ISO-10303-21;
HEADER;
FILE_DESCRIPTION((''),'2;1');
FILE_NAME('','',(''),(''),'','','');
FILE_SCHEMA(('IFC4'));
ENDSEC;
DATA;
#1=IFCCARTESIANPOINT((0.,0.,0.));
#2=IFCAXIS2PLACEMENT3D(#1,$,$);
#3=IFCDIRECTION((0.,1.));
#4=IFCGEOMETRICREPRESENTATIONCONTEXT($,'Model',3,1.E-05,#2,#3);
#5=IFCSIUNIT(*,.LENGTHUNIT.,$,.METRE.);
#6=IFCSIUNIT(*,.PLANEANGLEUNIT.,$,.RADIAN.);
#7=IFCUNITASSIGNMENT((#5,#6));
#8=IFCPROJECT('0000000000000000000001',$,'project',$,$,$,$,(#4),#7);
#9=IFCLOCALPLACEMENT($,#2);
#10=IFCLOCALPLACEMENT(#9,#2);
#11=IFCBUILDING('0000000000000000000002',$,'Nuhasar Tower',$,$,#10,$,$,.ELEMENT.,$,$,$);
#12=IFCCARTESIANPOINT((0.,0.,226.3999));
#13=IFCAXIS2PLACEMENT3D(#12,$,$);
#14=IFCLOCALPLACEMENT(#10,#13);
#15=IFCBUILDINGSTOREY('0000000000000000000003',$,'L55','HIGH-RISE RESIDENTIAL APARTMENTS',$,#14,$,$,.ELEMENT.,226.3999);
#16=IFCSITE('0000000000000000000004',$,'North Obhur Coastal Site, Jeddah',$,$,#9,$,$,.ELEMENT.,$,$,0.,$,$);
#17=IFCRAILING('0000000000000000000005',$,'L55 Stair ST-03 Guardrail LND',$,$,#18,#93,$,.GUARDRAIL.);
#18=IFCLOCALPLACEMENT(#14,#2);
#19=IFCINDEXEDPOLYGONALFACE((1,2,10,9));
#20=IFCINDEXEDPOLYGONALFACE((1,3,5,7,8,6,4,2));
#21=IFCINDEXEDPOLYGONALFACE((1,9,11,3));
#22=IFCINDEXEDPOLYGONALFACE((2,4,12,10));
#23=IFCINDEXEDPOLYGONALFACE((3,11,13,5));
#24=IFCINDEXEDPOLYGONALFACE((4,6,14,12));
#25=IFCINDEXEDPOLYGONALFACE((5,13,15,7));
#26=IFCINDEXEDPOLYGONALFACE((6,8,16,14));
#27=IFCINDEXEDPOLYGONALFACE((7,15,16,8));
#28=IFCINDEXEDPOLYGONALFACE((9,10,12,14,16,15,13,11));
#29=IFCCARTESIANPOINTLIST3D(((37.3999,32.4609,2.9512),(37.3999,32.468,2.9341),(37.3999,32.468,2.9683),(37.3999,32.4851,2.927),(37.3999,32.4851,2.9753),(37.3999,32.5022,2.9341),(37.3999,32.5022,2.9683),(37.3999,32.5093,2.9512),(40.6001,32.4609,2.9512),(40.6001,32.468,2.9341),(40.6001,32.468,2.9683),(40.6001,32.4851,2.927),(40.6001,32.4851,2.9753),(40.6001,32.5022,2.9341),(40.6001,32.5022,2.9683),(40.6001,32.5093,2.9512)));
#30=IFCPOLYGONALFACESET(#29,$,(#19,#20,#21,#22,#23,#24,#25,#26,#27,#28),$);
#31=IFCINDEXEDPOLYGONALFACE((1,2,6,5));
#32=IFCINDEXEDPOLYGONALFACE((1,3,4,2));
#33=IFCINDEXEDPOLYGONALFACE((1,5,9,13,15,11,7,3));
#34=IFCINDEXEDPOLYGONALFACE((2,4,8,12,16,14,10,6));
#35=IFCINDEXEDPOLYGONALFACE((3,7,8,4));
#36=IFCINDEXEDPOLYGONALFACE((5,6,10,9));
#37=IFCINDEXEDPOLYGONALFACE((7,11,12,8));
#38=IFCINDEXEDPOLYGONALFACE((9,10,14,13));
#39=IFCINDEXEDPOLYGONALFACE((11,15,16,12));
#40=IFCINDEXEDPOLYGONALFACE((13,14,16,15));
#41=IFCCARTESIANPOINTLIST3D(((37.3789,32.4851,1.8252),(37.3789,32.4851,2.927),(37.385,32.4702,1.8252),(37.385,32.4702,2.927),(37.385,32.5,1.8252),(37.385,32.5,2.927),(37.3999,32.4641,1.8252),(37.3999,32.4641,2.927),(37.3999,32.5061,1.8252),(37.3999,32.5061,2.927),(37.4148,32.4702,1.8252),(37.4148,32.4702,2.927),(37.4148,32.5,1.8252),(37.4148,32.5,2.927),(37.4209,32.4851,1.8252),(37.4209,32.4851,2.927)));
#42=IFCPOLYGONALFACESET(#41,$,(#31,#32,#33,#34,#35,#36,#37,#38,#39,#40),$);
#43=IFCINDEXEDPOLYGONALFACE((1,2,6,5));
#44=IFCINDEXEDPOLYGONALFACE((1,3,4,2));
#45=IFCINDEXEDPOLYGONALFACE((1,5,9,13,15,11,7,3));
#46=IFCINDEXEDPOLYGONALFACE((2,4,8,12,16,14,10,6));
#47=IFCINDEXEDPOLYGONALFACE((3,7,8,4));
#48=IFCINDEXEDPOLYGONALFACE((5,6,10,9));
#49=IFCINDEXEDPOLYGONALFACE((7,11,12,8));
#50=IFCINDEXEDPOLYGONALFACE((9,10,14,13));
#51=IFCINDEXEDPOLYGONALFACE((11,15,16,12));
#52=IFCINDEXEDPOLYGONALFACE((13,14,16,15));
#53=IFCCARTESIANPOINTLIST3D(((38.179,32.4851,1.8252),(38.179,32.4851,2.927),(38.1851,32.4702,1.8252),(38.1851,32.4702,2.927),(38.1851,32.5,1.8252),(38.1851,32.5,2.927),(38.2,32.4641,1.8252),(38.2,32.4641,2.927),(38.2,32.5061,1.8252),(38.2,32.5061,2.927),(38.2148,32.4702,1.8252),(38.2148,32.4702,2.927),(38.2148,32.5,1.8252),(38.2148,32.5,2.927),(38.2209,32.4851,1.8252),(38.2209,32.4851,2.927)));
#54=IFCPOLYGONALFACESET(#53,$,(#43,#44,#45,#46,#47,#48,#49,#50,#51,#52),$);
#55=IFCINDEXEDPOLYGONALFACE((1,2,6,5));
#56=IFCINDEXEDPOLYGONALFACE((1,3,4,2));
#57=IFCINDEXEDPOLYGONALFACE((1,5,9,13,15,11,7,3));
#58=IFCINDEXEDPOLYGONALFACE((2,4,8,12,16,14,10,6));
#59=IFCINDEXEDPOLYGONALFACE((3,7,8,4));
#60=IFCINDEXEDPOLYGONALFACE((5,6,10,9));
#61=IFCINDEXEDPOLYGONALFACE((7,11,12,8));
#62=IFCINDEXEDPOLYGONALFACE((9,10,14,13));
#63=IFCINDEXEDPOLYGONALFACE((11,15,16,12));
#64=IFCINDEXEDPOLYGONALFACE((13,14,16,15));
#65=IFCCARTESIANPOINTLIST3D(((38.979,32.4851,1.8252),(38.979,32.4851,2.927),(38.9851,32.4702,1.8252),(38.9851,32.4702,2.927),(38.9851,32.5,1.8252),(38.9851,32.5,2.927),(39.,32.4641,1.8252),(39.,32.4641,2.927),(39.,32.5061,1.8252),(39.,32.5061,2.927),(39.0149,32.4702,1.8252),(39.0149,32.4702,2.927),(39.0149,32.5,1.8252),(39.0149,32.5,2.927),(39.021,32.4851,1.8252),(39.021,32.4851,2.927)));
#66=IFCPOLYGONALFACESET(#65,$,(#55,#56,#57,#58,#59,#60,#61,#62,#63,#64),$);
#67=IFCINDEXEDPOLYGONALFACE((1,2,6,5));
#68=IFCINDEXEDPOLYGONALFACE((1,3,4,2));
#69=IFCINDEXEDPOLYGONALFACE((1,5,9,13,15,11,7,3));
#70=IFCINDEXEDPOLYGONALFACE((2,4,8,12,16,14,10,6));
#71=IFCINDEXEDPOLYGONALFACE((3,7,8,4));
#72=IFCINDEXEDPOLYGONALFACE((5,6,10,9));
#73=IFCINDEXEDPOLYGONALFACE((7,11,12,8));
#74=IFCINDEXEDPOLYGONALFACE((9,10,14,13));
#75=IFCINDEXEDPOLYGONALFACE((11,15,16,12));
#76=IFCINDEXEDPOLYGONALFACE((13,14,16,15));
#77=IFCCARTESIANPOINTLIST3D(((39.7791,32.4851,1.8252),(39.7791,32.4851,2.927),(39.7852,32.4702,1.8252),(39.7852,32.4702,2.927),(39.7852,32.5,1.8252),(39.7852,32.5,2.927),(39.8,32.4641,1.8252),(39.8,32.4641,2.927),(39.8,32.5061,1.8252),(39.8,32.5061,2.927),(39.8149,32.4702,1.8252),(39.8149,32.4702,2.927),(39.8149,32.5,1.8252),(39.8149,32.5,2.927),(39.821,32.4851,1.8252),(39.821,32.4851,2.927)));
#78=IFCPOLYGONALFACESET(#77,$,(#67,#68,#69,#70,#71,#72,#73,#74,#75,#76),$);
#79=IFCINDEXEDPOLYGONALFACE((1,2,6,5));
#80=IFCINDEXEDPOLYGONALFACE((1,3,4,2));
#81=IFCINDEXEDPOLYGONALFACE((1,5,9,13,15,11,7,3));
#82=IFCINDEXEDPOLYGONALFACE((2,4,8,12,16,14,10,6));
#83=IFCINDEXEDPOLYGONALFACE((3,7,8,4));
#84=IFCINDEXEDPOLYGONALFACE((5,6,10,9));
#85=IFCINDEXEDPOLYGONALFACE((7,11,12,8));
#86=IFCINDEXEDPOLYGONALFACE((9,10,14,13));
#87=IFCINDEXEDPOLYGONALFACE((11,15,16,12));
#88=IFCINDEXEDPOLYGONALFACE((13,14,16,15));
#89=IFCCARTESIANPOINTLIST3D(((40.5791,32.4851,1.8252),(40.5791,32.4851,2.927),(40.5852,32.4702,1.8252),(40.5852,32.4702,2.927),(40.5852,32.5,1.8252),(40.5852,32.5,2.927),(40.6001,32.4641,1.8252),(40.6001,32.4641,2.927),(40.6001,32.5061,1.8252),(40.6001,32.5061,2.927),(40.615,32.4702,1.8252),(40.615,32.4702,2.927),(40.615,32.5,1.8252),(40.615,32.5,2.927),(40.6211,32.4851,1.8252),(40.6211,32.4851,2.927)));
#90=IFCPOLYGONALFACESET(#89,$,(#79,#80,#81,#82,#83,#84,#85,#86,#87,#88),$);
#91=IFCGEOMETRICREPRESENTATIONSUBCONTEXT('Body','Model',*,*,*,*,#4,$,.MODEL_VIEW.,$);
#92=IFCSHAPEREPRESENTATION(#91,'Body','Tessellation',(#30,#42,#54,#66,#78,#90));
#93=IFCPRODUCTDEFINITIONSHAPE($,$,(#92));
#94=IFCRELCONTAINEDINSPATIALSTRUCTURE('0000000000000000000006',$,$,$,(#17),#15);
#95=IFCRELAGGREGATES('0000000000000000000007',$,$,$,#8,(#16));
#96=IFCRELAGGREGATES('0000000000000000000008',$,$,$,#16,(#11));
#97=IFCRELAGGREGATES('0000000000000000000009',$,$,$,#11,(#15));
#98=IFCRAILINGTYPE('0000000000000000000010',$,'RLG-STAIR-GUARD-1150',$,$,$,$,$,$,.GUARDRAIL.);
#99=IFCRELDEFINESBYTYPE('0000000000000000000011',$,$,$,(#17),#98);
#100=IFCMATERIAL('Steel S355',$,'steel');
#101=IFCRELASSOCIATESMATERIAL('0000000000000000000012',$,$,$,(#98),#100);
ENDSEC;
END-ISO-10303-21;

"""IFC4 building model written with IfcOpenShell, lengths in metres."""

from ifc_helpers import new_model, si_unit, direction, frame, origin, place, context, subcontext, project, spatial, polyline, outline, extrude, material, type_object, element, save


model = new_model("IFC4")

# Units and contexts
model_context = context("Model", 3, precision=1e-05, world=origin(), true_north=direction((0.0, 1.0)))
body_context = subcontext(model_context, "Body", "Model", "MODEL_VIEW")
ifc_project = project(units=[si_unit("LENGTHUNIT", "METRE"), si_unit("PLANEANGLEUNIT", "RADIAN")], contexts=[model_context])

# Site, building, storey
site_placement = place(None, origin())
site = spatial("IfcSite", under=ifc_project, at=site_placement, Name="North Obhur Coastal Site, Jeddah", CompositionType="ELEMENT", RefElevation=0.0)
building_placement = place(site_placement, origin())
building = spatial("IfcBuilding", under=site, at=building_placement, Name="Nuhasar Tower", CompositionType="ELEMENT")
storey_placement = place(building_placement, frame((0.0, 0.0, 226.3999)))
storey = spatial("IfcBuildingStorey", under=building, at=storey_placement, Name="L55", Description="HIGH-RISE RESIDENTIAL APARTMENTS", CompositionType="ELEMENT", Elevation=226.3999)

# Shared definitions
ifc_material_1 = material(Name="Steel S355", Category="steel")

# Railing
railing_type_1 = type_object("IfcRailingType", Name="RLG-STAIR-GUARD-1150", PredefinedType="GUARDRAIL", material=ifc_material_1)
railing_1_placement = place(storey_placement, frame((37.3999, 32.4851, 1.8252)))
element("IfcRailing", 1, at=railing_1_placement, inside=storey, type_object=railing_type_1, Name="L55 Stair ST-03 Guardrail LND", PredefinedType="GUARDRAIL", context=body_context, shape_type="SweptSolid", body=[
    extrude(outline(polyline([(0.0242, 0.0), (0.0171, 0.0171), (0.0, 0.0242), (-0.0171, 0.0171), (-0.0242, 0.0), (-0.0171, -0.0171), (0.0, -0.0242), (0.0171, -0.0171), (0.0242, 0.0)])), frame((0.0, 0.0, 1.126), z_axis=(1.0, 0.0, 0.0), x_axis=(0.0, 1.0, 0.0)), (0.0, 0.0, 1.0), 3.2002),
    extrude(outline(polyline([(0.021, 0.0), (0.0149, 0.0149), (0.0, 0.021), (-0.0149, 0.0149), (-0.021, 0.0), (-0.0149, -0.0149), (0.0, -0.021), (0.0149, -0.0149), (0.021, 0.0)])), origin(), (0.0, 0.0, 1.0), 1.1018),
    extrude(outline(polyline([(0.021, 0.0), (0.0149, 0.0149), (0.0, 0.021), (-0.0149, 0.0149), (-0.021, 0.0), (-0.0149, -0.0149), (0.0, -0.021), (0.0149, -0.0149), (0.021, 0.0)])), frame((0.8, 0.0, 0.0)), (0.0, 0.0, 1.0), 1.1018),
    extrude(outline(polyline([(0.021, 0.0), (0.0149, 0.0149), (0.0, 0.021), (-0.0149, 0.0149), (-0.021, 0.0), (-0.0149, -0.0149), (0.0, -0.021), (0.0149, -0.0149), (0.021, 0.0)])), frame((1.6001, 0.0, 0.0)), (0.0, 0.0, 1.0), 1.1018),
    extrude(outline(polyline([(0.021, 0.0), (0.0149, 0.0149), (0.0, 0.021), (-0.0149, 0.0149), (-0.021, 0.0), (-0.0149, -0.0149), (0.0, -0.021), (0.0149, -0.0149), (0.021, 0.0)])), frame((2.4001, 0.0, 0.0)), (0.0, 0.0, 1.0), 1.1018),
    extrude(outline(polyline([(0.021, 0.0), (0.0149, 0.0149), (0.0, 0.021), (-0.0149, 0.0149), (-0.021, 0.0), (-0.0149, -0.0149), (0.0, -0.021), (0.0149, -0.0149), (0.021, 0.0)])), frame((3.2002, 0.0, 0.0)), (0.0, 0.0, 1.0), 1.1018),
])

save(model, "model.ifc")
